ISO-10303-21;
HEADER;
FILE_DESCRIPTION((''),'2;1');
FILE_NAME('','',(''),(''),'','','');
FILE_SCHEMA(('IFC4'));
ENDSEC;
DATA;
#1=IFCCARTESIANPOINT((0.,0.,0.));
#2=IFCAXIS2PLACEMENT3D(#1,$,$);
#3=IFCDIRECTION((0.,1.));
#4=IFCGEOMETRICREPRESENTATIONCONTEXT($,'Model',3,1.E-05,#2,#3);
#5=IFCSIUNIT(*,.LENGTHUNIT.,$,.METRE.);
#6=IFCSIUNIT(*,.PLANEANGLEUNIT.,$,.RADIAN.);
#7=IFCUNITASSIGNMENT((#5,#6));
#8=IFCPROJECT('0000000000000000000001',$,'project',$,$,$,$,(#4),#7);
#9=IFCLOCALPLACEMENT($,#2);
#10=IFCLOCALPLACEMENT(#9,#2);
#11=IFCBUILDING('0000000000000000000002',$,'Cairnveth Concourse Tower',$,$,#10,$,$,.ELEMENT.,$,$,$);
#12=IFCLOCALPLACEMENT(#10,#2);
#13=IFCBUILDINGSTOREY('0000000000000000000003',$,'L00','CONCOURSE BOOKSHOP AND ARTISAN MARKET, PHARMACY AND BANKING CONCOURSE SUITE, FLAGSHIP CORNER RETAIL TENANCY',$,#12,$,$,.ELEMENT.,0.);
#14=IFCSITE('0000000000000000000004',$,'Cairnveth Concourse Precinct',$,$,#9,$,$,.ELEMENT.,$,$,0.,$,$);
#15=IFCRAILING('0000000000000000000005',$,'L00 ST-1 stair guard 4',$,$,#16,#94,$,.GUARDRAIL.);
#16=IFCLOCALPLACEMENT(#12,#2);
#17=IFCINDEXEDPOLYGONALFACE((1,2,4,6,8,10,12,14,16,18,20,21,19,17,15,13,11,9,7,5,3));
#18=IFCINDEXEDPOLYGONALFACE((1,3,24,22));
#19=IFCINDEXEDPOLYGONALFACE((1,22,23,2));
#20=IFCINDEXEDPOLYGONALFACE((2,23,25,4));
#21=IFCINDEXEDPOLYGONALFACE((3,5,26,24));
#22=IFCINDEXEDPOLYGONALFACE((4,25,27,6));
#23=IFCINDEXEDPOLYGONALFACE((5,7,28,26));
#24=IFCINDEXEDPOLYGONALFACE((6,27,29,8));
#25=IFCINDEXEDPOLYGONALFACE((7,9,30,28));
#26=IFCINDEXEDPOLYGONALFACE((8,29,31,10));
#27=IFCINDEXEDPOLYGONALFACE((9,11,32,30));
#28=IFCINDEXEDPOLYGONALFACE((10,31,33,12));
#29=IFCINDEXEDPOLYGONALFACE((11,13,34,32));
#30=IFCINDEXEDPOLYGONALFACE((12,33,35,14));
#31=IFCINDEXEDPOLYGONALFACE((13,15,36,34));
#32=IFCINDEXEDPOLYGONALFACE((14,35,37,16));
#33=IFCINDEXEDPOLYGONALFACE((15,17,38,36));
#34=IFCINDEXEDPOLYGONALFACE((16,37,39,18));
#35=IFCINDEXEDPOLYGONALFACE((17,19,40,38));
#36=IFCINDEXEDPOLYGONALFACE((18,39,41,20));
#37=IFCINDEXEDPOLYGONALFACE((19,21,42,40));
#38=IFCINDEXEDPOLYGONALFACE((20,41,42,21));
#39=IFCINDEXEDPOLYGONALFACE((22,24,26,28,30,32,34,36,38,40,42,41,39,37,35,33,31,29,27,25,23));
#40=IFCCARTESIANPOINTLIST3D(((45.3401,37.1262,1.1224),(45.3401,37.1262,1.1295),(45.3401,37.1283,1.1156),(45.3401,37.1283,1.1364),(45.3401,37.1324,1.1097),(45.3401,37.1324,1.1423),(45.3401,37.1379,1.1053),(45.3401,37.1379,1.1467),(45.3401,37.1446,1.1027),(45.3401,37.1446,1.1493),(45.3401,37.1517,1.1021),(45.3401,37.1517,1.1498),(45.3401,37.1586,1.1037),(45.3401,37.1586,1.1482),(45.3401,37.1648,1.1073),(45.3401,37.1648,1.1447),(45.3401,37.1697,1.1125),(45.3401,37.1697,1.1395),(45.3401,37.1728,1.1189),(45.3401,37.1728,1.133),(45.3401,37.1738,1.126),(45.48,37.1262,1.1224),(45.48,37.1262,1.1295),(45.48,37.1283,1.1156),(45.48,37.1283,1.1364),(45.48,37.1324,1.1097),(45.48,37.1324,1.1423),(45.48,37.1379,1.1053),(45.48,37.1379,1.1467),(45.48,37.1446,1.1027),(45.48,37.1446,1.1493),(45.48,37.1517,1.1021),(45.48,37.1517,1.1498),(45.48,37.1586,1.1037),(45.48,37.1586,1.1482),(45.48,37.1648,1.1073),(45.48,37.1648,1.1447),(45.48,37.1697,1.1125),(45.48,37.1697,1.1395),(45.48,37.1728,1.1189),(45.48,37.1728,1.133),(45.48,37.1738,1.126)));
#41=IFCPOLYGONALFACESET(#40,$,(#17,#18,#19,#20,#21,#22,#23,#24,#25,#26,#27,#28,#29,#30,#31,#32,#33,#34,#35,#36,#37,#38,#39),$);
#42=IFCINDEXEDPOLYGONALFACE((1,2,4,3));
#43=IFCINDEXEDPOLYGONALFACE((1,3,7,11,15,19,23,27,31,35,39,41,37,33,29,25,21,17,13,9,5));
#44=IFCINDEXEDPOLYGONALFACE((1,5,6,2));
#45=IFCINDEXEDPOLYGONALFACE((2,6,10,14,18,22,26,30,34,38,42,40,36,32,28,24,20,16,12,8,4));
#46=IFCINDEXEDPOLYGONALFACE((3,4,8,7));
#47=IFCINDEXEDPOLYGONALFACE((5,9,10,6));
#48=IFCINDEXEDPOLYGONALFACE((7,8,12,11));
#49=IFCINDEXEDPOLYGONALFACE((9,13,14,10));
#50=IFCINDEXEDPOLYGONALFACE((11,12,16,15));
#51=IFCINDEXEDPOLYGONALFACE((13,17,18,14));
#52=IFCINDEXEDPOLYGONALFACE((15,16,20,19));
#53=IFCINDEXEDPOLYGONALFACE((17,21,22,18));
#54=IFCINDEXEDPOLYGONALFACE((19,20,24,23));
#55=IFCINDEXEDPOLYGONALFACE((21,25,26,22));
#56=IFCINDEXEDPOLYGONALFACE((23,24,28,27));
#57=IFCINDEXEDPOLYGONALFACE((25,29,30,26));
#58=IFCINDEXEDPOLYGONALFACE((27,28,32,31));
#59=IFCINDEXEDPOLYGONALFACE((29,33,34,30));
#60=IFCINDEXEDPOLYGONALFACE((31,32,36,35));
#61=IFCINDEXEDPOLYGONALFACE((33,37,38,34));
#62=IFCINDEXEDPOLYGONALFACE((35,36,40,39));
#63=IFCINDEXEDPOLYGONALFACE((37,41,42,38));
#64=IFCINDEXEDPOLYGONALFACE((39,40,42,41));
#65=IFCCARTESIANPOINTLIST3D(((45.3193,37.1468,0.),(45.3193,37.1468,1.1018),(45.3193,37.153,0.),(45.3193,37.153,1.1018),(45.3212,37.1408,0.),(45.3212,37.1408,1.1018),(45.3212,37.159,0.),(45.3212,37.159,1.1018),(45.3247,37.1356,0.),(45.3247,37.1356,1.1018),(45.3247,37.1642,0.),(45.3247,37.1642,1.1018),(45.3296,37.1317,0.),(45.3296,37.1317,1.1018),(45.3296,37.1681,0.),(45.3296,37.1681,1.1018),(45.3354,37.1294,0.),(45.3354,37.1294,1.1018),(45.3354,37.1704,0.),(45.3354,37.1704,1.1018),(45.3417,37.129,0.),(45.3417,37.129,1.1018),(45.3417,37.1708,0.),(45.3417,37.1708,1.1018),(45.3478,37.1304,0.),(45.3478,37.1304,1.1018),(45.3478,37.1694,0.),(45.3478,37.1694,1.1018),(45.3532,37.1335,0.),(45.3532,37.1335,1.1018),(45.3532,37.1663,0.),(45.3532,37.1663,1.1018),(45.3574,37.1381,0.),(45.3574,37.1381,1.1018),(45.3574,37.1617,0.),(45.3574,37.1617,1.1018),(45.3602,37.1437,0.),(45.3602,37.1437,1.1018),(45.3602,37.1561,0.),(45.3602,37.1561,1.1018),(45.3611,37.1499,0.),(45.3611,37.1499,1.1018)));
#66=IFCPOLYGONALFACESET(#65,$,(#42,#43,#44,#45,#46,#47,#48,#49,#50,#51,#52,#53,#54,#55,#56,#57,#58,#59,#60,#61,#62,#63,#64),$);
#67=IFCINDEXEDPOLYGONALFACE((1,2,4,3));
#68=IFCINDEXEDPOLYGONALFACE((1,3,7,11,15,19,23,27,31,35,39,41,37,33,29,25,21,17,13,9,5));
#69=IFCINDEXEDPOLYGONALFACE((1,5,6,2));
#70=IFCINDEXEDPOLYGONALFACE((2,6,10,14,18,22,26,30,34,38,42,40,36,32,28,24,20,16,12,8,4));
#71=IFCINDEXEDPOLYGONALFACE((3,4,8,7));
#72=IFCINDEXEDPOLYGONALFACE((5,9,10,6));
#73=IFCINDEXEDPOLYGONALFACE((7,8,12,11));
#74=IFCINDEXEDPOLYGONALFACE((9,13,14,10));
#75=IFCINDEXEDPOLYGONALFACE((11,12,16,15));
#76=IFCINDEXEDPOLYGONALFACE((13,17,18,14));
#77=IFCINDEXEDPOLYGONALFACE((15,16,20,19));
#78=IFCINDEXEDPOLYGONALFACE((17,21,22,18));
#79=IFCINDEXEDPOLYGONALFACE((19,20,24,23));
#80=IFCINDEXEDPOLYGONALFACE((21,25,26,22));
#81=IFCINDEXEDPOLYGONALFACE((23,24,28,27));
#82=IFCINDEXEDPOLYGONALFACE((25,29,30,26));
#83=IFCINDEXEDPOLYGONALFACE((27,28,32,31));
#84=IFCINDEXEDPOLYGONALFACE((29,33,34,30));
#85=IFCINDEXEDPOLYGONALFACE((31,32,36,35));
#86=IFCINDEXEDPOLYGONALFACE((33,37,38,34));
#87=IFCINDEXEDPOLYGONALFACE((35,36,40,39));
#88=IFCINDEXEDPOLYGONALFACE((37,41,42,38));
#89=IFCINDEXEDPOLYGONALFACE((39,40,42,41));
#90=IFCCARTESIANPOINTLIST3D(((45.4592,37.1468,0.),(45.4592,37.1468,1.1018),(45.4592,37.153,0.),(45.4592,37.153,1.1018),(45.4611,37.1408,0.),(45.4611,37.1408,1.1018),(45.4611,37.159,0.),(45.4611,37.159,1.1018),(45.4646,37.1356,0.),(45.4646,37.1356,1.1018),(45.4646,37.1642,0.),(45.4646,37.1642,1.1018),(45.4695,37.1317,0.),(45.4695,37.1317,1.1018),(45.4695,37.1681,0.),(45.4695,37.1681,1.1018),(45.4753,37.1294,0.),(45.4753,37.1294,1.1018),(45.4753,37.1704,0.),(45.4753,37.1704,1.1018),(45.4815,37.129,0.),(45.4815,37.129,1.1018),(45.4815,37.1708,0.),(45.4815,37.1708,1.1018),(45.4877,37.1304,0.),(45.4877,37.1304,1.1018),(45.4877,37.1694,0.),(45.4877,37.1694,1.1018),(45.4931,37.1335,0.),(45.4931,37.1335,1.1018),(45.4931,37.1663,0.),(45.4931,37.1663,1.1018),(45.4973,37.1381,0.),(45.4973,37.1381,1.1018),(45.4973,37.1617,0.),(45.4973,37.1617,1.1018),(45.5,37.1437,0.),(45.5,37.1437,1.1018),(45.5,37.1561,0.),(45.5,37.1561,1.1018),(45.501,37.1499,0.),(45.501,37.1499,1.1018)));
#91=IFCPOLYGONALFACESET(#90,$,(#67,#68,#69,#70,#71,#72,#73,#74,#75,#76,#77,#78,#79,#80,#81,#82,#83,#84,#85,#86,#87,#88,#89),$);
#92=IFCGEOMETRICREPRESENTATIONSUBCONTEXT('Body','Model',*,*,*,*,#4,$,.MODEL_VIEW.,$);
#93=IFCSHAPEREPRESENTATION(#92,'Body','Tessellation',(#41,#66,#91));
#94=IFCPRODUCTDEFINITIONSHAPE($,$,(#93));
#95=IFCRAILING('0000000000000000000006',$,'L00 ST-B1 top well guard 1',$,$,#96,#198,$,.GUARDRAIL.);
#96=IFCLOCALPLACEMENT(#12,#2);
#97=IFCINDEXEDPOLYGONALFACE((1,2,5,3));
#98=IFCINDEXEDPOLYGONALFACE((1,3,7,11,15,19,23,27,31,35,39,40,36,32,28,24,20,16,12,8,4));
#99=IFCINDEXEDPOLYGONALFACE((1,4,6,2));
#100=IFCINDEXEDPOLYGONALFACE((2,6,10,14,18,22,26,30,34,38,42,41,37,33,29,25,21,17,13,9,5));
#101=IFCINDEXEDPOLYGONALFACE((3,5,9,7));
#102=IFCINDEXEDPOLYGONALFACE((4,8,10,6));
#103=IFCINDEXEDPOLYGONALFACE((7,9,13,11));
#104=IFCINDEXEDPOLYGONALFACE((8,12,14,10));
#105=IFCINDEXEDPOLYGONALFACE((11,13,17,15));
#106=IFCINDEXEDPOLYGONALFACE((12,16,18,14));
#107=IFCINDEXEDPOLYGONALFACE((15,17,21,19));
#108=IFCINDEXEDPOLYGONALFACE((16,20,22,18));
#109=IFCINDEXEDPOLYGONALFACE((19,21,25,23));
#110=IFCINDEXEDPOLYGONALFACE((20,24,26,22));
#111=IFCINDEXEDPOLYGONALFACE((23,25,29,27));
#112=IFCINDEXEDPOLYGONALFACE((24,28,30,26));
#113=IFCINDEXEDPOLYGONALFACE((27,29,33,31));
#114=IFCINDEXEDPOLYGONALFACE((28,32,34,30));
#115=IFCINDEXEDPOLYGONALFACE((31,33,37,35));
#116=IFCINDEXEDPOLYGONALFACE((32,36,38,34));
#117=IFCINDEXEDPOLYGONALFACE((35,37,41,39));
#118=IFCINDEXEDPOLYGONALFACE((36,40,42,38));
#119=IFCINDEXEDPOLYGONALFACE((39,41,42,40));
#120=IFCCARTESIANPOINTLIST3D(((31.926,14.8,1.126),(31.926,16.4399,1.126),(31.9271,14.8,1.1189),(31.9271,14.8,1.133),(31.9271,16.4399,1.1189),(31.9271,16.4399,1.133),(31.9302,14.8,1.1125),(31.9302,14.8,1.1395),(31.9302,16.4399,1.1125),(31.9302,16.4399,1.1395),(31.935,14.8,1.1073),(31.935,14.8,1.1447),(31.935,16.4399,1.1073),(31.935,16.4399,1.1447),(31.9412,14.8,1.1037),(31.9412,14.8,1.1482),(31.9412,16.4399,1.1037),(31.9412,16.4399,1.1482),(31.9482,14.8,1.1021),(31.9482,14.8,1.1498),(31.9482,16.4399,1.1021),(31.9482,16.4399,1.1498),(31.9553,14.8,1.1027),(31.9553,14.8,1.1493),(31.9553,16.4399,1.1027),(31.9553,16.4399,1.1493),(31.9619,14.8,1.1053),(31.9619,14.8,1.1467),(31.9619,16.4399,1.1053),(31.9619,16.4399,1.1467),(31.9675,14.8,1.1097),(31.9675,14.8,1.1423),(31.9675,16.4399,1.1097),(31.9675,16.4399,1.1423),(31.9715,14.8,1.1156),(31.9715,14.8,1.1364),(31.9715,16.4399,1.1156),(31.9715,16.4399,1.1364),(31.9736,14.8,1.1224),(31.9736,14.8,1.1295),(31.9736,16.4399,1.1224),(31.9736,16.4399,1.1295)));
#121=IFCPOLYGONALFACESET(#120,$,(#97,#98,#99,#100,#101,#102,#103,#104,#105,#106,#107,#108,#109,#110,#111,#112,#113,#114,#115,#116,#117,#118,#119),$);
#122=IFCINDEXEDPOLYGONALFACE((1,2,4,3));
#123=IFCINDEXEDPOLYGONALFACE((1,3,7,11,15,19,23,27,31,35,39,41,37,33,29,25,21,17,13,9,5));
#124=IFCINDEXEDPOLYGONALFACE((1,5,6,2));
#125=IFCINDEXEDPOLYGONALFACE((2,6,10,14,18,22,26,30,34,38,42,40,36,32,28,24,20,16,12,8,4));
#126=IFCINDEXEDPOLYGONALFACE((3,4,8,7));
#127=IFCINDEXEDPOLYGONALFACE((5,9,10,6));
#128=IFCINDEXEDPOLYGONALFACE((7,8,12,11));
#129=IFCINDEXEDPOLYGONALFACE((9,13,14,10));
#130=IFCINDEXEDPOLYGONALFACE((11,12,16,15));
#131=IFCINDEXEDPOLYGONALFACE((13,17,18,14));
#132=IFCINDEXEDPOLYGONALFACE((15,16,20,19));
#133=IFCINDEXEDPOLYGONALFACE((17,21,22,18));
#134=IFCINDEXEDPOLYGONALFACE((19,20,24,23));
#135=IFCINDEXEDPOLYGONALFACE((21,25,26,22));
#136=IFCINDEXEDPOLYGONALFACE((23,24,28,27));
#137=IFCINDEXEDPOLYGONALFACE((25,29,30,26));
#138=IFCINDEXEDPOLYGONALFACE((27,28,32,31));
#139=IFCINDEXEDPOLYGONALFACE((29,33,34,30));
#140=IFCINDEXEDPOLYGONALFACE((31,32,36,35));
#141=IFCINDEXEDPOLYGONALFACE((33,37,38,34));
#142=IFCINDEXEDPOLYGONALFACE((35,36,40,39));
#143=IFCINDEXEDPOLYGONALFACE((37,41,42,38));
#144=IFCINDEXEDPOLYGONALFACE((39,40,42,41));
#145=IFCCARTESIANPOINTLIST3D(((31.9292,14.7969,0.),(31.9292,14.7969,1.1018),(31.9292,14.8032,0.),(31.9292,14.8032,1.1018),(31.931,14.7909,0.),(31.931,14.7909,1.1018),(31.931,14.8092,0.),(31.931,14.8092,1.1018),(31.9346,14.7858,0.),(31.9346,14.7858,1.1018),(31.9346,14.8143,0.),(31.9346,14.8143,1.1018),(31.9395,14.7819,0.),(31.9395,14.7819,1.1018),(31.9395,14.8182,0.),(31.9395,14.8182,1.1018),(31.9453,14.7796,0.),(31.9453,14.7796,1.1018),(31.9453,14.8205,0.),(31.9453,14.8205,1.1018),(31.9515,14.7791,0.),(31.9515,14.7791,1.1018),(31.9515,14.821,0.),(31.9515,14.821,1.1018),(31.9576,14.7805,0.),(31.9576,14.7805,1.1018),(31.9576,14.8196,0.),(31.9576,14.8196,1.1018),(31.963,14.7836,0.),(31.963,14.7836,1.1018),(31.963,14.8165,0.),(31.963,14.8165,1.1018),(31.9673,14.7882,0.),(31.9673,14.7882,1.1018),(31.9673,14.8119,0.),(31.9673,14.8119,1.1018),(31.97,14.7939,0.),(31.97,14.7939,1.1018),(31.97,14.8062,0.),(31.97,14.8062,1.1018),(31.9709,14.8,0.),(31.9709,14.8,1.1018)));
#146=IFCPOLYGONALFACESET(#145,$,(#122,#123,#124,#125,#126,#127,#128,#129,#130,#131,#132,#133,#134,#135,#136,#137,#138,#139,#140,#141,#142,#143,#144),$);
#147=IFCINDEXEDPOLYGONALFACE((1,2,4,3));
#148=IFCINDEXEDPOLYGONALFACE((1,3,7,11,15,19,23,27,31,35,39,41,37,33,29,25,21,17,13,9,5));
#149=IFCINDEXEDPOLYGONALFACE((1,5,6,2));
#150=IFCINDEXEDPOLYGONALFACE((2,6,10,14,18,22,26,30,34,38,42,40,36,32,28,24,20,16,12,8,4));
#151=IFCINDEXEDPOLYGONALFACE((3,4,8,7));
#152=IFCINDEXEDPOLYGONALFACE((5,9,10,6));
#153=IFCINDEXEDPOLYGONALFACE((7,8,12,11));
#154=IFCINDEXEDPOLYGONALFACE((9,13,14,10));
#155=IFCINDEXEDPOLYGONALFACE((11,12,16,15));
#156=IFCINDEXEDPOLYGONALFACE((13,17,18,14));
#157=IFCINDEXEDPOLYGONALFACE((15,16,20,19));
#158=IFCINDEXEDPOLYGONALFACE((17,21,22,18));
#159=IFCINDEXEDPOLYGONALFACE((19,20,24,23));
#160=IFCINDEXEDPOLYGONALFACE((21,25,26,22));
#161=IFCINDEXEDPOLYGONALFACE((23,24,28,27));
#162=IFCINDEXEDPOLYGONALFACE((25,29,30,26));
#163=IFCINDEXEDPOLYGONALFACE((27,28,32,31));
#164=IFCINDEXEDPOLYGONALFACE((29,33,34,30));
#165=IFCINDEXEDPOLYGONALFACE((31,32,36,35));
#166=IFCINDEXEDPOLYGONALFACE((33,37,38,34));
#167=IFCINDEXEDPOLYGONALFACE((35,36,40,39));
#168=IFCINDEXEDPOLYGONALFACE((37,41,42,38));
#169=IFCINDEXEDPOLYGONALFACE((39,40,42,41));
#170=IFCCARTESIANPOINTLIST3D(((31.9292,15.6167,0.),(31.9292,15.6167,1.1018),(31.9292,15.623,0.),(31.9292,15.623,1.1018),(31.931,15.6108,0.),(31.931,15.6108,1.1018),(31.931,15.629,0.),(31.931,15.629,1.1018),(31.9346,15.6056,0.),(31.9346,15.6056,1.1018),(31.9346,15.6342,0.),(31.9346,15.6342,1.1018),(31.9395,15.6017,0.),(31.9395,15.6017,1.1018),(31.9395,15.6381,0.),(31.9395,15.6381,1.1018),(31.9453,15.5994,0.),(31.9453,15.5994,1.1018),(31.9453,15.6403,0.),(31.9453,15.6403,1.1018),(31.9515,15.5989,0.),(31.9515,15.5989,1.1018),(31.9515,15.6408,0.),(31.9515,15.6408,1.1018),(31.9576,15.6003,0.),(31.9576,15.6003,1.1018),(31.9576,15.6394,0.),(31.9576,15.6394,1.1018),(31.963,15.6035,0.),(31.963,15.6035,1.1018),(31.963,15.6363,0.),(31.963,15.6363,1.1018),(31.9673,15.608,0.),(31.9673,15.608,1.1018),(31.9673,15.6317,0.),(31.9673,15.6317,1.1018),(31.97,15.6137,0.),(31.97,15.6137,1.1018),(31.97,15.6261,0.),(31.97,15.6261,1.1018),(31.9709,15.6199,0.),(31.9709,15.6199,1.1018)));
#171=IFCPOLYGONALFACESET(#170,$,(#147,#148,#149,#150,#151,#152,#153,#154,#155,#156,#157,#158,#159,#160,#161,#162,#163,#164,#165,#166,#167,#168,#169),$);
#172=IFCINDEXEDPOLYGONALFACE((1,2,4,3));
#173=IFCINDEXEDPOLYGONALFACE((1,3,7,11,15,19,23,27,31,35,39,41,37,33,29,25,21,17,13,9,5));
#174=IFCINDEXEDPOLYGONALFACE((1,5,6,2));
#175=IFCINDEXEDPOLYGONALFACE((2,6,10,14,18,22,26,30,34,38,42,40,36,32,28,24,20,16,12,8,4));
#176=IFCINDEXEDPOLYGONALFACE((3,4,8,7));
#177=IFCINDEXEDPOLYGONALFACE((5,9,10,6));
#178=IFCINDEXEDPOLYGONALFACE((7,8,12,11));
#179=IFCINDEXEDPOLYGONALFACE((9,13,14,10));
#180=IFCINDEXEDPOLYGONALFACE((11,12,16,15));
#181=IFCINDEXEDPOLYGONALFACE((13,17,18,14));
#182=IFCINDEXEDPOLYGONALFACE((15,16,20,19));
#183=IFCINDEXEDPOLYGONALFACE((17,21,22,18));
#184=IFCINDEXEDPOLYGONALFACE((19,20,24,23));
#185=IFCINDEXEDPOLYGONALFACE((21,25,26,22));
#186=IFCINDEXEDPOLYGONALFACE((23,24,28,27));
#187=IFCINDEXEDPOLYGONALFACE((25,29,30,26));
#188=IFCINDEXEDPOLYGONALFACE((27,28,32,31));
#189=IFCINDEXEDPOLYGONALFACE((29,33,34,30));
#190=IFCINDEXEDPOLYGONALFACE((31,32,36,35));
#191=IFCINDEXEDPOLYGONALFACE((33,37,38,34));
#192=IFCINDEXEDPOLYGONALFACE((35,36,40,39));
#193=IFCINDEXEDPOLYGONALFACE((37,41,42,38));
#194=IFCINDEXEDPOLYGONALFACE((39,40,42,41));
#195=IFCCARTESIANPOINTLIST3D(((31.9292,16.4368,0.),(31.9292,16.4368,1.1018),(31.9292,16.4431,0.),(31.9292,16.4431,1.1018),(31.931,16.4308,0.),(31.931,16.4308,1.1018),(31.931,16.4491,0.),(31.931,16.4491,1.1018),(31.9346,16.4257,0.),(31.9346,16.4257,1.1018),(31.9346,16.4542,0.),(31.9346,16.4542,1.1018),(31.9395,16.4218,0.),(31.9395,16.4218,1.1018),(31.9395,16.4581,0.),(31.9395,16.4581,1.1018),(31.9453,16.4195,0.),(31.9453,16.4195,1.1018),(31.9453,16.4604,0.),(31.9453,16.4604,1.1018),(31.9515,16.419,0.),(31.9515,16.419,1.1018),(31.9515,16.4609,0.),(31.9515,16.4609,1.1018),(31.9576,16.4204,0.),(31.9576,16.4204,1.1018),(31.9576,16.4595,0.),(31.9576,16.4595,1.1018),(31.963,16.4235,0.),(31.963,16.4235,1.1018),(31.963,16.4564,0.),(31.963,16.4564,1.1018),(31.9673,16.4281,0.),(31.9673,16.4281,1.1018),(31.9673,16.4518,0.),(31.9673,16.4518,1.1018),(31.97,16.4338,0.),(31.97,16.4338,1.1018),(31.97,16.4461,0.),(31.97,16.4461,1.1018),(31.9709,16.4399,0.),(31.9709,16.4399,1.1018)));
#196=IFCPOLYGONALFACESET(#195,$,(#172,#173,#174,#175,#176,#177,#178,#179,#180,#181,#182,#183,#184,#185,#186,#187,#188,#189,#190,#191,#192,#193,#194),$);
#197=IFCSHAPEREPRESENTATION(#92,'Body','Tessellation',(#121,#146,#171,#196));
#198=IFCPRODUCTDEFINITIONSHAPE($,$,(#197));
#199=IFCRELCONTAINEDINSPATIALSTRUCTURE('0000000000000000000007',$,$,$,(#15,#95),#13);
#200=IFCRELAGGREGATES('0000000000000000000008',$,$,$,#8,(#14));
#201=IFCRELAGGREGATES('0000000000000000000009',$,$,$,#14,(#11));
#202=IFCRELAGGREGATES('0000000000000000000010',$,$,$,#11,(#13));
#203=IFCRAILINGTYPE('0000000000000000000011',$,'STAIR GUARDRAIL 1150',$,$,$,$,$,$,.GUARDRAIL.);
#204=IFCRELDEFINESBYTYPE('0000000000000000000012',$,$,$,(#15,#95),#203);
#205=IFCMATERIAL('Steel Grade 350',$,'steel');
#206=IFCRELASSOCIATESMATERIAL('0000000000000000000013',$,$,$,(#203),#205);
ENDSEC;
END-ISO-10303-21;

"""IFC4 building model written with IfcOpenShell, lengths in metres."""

from ifc_helpers import new_model, si_unit, direction, frame, origin, origin_2d, place, context, subcontext, project, spatial, circle, extrude, material, type_object, element, save


model = new_model("IFC4")

# Units and contexts
model_context = context("Model", 3, precision=1e-05, world=origin(), true_north=direction((0.0, 1.0)))
body_context = subcontext(model_context, "Body", "Model", "MODEL_VIEW")
ifc_project = project(units=[si_unit("LENGTHUNIT", "METRE"), si_unit("PLANEANGLEUNIT", "RADIAN")], contexts=[model_context])

# Site, building, storey
site_placement = place(None, origin())
site = spatial("IfcSite", under=ifc_project, at=site_placement, Name="Cairnveth Concourse Precinct", CompositionType="ELEMENT", RefElevation=0.0)
building_placement = place(site_placement, origin())
building = spatial("IfcBuilding", under=site, at=building_placement, Name="Cairnveth Concourse Tower", CompositionType="ELEMENT")
storey_placement = place(building_placement, origin())
storey = spatial("IfcBuildingStorey", under=building, at=storey_placement, Name="L00", Description="CONCOURSE BOOKSHOP AND ARTISAN MARKET, PHARMACY AND BANKING CONCOURSE SUITE, FLAGSHIP CORNER RETAIL TENANCY", CompositionType="ELEMENT", Elevation=0.0)

# Shared definitions
ifc_material_1 = material(Name="Steel Grade 350", Category="steel")

# Railings
railing_type_1 = type_object("IfcRailingType", Name="STAIR GUARDRAIL 1150", PredefinedType="GUARDRAIL", material=ifc_material_1)
railing_1_placement = place(storey_placement, frame((45.3401, 37.1499, 0.0)))
element("IfcRailing", 1, at=railing_1_placement, inside=storey, type_object=railing_type_1, Name="L00 ST-1 stair guard 4", PredefinedType="GUARDRAIL", context=body_context, shape_type="SweptSolid", body=[
    extrude(circle(Radius=0.0239, at=origin_2d()), frame((0.0, 0.0, 1.126), z_axis=(1.0, 0.0, 0.0), x_axis=(0.0, 1.0, 0.0)), (0.0, 0.0, 1.0), 0.1399),
    extrude(circle(Radius=0.021, at=origin_2d()), origin(), (0.0, 0.0, 1.0), 1.1018),
    extrude(circle(Radius=0.021, at=origin_2d()), frame((0.1399, 0.0, 0.0)), (0.0, 0.0, 1.0), 1.1018),
])
railing_2_placement = place(storey_placement, frame((31.95, 14.8, 0.0)))
element("IfcRailing", 2, at=railing_2_placement, inside=storey, type_object=railing_type_1, Name="L00 ST-B1 top well guard 1", PredefinedType="GUARDRAIL", context=body_context, shape_type="SweptSolid", body=[
    extrude(circle(Radius=0.0239, at=origin_2d()), frame((0.0, 0.0, 1.126), z_axis=(0.0, 1.0, 0.0), x_axis=(-1.0, 0.0, 0.0)), (0.0, 0.0, 1.0), 1.6399),
    extrude(circle(Radius=0.021, at=origin_2d()), origin(), (0.0, 0.0, 1.0), 1.1018),
    extrude(circle(Radius=0.021, at=origin_2d()), frame((0.0, 0.8198, 0.0)), (0.0, 0.0, 1.0), 1.1018),
    extrude(circle(Radius=0.021, at=origin_2d()), frame((0.0, 1.6399, 0.0)), (0.0, 0.0, 1.0), 1.1018),
])

save(model, "model.ifc")
